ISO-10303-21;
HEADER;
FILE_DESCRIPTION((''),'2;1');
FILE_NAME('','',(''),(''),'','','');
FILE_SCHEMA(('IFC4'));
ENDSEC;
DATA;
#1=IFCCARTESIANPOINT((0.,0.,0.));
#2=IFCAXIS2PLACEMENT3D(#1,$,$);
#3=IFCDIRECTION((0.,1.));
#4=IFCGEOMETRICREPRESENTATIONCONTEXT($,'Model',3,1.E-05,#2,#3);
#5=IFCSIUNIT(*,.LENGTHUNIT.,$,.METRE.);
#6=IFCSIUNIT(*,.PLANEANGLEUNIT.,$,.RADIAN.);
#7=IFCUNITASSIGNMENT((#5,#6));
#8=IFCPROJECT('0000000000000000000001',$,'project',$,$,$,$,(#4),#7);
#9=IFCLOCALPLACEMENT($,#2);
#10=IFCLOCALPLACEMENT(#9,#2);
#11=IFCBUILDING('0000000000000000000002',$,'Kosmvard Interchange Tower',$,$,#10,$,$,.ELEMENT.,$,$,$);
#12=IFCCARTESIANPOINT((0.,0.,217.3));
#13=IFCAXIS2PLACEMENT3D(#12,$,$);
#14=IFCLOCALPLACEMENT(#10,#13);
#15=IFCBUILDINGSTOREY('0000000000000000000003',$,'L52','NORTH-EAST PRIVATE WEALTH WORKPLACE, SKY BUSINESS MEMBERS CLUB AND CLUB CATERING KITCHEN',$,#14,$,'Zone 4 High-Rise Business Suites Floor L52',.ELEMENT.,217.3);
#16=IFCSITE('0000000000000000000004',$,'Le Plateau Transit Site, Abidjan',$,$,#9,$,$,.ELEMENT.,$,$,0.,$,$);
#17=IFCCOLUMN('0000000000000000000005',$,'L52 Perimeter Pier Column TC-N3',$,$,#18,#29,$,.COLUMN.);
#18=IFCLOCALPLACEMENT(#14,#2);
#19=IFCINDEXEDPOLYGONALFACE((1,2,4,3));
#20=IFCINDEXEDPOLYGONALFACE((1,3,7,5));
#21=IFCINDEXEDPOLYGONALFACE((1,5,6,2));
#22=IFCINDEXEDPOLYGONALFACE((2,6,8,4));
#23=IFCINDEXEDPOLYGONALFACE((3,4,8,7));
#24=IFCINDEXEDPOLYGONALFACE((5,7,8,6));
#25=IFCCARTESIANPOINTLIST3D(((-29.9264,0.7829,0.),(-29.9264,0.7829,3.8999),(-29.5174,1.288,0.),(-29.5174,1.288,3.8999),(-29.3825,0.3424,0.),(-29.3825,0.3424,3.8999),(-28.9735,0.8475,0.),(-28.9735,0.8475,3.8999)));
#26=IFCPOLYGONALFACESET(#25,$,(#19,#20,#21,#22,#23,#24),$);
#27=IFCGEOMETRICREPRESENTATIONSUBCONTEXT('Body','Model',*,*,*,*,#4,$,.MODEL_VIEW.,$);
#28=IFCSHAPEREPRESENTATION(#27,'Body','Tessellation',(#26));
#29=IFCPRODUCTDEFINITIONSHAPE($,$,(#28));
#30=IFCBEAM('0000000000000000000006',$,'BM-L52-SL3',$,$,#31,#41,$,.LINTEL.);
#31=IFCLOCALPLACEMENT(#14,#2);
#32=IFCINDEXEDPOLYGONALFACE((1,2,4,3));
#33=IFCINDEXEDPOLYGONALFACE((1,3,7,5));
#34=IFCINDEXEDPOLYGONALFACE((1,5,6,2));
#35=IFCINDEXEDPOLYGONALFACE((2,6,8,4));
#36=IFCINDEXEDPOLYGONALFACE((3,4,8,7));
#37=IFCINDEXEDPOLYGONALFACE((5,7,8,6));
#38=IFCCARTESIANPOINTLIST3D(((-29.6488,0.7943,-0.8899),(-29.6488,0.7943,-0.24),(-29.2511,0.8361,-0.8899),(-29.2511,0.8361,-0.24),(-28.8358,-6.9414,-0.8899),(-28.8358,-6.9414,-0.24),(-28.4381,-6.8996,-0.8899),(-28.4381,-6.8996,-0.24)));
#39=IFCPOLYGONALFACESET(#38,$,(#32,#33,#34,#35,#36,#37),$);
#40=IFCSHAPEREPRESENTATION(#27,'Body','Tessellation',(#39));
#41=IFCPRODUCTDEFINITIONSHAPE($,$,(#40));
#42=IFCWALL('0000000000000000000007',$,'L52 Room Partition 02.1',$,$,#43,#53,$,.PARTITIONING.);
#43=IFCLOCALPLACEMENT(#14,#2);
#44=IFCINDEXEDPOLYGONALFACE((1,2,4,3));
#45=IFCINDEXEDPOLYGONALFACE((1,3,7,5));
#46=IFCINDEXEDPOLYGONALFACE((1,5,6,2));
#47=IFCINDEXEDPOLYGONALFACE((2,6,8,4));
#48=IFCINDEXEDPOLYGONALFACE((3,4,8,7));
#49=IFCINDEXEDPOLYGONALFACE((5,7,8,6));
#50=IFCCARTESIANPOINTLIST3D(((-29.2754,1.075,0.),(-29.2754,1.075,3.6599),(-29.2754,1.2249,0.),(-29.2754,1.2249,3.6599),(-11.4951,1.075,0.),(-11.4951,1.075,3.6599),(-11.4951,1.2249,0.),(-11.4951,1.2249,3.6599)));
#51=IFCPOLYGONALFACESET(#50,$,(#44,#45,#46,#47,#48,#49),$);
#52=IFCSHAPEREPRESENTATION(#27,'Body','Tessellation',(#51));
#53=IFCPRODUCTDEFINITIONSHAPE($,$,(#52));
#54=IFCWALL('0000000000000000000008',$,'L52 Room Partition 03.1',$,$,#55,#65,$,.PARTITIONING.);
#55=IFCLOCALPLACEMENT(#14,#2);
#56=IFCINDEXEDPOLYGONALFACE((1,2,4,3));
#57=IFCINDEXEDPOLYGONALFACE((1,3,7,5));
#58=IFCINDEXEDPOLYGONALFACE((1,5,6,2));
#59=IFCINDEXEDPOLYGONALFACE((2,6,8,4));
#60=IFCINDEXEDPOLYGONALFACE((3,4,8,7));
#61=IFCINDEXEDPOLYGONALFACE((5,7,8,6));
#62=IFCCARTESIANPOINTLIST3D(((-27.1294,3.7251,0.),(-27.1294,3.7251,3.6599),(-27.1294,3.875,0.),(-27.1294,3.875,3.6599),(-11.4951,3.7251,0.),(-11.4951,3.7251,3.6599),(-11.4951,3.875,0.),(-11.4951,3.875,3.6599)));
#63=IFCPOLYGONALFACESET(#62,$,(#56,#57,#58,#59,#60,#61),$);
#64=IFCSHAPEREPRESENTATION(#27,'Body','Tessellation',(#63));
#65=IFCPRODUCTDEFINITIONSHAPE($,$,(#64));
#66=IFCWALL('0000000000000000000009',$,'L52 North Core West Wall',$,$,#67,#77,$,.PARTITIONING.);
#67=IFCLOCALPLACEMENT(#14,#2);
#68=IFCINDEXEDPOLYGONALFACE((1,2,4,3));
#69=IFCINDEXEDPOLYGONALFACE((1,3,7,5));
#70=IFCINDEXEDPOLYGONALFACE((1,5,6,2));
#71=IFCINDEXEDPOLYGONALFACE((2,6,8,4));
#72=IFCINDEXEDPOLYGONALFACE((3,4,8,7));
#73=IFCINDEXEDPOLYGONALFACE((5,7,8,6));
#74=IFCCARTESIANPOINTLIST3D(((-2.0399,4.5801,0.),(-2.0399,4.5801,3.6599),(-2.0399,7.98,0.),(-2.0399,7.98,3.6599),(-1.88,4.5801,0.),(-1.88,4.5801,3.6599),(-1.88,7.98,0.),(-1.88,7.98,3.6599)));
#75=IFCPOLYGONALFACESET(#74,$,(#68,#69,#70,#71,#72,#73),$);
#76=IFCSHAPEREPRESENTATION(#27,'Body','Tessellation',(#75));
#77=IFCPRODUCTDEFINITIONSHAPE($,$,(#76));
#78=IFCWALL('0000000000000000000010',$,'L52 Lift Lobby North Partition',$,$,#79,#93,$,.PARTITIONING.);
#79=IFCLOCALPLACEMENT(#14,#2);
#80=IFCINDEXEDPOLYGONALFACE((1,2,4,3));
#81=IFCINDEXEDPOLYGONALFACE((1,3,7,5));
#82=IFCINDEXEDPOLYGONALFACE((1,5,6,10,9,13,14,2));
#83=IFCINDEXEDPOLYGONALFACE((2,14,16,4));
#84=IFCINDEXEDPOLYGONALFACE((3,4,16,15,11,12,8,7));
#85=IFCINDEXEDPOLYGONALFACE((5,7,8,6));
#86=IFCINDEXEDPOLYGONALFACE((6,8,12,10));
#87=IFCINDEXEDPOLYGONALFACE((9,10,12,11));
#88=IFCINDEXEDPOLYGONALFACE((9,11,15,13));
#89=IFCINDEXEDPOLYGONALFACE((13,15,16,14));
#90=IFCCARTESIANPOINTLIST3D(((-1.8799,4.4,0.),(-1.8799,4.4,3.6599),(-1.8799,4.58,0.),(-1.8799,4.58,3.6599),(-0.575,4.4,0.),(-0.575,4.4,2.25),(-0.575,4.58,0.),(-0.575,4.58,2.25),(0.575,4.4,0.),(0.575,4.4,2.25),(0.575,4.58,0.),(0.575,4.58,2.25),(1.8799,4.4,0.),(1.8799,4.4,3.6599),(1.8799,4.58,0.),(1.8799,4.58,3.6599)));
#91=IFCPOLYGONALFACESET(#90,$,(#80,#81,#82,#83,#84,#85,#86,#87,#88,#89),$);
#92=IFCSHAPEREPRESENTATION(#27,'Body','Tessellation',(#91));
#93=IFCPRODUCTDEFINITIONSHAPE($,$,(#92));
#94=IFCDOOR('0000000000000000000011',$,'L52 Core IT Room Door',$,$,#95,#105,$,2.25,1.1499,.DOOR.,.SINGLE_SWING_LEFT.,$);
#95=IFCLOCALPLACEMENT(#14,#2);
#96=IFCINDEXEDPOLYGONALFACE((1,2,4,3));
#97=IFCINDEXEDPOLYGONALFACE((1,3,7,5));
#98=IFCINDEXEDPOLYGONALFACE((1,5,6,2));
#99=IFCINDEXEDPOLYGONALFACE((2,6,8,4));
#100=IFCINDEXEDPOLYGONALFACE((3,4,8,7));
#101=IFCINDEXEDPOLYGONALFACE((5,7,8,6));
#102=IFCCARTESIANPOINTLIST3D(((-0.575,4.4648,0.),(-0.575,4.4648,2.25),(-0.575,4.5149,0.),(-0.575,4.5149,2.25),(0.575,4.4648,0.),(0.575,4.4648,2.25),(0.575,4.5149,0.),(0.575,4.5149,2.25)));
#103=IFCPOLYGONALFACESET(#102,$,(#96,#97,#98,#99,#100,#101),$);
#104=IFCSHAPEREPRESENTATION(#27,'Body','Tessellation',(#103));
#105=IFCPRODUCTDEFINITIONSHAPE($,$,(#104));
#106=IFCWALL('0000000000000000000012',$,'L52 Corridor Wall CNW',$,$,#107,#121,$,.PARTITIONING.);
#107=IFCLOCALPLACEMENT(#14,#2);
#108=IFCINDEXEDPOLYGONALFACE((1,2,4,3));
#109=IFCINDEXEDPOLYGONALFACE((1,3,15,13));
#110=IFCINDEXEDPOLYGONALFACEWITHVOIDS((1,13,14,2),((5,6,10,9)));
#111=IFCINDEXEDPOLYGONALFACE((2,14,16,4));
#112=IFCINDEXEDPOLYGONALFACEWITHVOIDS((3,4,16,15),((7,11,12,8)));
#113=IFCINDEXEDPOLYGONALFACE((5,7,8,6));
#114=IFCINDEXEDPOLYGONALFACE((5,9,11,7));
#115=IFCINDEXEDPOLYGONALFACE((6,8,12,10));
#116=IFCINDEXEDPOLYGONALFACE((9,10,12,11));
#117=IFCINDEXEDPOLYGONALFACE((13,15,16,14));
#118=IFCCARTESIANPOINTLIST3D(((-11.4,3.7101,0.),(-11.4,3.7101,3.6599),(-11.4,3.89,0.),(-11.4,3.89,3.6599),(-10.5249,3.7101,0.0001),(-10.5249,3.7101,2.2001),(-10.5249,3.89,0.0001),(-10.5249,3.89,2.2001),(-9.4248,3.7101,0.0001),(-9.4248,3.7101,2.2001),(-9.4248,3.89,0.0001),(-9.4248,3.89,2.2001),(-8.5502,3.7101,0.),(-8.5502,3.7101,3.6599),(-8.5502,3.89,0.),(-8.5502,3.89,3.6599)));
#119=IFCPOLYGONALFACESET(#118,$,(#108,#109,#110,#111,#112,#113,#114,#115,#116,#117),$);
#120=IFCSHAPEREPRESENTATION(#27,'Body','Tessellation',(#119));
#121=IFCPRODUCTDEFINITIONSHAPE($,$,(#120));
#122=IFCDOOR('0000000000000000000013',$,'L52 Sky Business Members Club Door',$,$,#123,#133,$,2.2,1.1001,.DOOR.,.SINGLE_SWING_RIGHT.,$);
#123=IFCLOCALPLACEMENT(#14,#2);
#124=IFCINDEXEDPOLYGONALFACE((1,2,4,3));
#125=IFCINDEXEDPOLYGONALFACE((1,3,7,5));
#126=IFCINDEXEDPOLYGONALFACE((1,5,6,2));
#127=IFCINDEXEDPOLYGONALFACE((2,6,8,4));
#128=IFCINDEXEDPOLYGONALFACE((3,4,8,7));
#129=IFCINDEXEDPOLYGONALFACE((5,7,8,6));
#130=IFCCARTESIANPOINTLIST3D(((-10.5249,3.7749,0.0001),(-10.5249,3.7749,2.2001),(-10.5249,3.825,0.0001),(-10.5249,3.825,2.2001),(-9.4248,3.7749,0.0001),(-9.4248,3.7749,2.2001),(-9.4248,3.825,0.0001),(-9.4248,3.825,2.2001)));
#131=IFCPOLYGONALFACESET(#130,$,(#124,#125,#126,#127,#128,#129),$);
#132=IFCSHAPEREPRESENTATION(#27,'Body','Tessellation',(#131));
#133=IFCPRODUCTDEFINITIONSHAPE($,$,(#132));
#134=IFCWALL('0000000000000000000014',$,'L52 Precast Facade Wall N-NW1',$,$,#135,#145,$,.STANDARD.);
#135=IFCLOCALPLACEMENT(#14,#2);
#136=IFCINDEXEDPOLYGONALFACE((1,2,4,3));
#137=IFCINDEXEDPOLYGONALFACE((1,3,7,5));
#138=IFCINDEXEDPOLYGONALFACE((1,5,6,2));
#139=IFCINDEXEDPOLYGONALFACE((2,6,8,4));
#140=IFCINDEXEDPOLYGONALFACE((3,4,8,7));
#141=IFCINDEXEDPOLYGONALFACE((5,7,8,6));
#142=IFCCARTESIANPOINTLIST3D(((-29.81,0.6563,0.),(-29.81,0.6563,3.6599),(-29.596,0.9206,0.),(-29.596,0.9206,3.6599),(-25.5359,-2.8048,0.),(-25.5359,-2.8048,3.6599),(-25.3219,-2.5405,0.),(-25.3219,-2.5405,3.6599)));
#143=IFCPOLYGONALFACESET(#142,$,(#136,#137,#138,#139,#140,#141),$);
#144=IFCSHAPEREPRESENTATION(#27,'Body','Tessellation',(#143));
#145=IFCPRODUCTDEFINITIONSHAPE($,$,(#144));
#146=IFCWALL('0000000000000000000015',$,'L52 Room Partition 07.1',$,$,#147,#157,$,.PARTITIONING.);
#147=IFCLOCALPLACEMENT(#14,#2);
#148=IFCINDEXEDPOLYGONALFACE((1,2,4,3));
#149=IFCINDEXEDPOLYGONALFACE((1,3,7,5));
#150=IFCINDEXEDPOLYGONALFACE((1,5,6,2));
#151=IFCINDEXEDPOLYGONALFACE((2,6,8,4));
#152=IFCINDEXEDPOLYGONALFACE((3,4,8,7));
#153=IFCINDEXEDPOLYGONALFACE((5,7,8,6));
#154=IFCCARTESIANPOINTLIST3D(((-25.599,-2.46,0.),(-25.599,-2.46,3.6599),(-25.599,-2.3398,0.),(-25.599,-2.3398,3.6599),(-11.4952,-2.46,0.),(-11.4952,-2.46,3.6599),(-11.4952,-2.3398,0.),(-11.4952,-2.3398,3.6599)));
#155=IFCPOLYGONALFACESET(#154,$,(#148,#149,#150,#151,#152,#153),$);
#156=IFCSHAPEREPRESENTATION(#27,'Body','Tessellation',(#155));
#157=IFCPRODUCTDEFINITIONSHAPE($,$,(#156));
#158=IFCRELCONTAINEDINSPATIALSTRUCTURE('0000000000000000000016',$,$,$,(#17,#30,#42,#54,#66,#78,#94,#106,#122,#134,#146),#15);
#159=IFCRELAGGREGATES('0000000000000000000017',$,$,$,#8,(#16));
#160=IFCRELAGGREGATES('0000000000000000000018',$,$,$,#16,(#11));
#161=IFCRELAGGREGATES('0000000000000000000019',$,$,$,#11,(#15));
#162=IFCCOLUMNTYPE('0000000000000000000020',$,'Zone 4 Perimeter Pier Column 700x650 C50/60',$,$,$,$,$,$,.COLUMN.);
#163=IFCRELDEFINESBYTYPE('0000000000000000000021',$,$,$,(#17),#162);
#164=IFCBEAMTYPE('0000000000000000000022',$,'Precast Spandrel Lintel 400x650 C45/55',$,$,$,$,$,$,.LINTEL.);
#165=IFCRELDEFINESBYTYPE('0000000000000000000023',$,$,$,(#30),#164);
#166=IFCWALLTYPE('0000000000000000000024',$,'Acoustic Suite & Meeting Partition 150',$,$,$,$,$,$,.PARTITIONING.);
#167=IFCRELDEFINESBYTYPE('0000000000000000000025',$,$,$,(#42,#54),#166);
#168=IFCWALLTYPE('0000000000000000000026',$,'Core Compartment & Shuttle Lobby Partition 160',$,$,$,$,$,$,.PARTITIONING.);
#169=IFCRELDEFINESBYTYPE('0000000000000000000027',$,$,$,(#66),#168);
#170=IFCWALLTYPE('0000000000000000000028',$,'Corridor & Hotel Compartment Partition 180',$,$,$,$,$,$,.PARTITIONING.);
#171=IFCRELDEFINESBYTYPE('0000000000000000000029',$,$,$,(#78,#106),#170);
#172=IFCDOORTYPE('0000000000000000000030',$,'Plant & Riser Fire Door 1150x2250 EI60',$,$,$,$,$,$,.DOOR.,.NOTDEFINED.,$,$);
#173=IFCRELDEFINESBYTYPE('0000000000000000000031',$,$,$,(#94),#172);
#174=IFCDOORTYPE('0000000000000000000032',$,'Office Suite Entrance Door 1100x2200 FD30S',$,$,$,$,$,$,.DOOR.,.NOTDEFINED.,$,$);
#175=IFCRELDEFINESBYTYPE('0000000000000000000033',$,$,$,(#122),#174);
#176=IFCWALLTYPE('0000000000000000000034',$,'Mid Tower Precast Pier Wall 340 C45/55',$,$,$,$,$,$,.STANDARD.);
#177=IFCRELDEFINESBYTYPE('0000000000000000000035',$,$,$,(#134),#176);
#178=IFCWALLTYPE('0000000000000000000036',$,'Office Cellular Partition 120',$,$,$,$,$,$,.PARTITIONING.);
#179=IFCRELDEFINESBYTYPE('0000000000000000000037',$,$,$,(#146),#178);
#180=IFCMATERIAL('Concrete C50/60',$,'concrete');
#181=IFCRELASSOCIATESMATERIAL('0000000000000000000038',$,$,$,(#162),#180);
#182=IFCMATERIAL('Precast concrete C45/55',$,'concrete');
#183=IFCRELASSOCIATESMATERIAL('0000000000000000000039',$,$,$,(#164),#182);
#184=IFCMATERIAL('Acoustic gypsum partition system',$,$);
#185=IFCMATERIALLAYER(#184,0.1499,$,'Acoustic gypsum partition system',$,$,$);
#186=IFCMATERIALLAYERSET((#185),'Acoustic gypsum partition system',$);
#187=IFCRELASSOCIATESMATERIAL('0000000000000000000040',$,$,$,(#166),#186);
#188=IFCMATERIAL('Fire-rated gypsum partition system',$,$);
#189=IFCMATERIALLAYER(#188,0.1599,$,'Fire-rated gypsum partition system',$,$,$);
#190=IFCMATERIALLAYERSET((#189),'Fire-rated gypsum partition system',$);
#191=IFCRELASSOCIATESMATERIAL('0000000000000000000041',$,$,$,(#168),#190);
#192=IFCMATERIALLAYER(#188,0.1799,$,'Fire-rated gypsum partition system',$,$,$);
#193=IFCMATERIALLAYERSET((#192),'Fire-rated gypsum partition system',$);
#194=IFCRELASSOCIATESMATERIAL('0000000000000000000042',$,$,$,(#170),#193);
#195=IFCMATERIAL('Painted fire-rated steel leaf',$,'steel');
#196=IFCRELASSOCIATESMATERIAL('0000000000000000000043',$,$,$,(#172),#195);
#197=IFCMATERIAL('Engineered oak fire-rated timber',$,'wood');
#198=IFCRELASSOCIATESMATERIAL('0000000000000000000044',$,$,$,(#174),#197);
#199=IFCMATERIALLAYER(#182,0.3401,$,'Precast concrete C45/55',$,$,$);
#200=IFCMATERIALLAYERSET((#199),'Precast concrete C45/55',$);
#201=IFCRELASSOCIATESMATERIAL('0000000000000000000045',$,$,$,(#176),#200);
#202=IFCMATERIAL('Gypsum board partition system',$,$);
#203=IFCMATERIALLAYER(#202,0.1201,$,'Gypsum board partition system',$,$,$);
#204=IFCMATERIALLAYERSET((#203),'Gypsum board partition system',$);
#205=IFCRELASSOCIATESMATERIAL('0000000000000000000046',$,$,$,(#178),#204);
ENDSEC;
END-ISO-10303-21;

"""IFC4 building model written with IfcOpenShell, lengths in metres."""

from ifc_helpers import new_model, si_unit, direction, frame, frame_2d, origin, origin_2d, place, context, subcontext, project, spatial, rectangle, extrude, source, transform, mapped, material, layer, layer_set, material_profile, profile_set, type_object, element, fill, save


model = new_model("IFC4")

# Units and contexts
model_context = context("Model", 3, precision=1e-05, world=origin(), true_north=direction((0.0, 1.0)))
body_context = subcontext(model_context, "Body", "Model", "MODEL_VIEW")
ifc_project = project(units=[si_unit("LENGTHUNIT", "METRE"), si_unit("PLANEANGLEUNIT", "RADIAN")], contexts=[model_context])

# Site, building, storey
site_placement = place(None, origin())
site = spatial("IfcSite", under=ifc_project, at=site_placement, Name="Le Plateau Transit Site, Abidjan", CompositionType="ELEMENT", RefElevation=0.0)
building_placement = place(site_placement, origin())
building = spatial("IfcBuilding", under=site, at=building_placement, Name="Kosmvard Interchange Tower", CompositionType="ELEMENT")
storey_placement = place(building_placement, frame((0.0, 0.0, 217.3)))
storey = spatial("IfcBuildingStorey", under=building, at=storey_placement, Name="L52", Description="NORTH-EAST PRIVATE WEALTH WORKPLACE, SKY BUSINESS MEMBERS CLUB AND CLUB CATERING KITCHEN", LongName="Zone 4 High-Rise Business Suites Floor L52", CompositionType="ELEMENT", Elevation=217.3)

# Column
ifc_material_1 = material(Name="Concrete C50/60", Category="concrete")
ifc_material_profile_1 = material_profile(ifc_material_1, rectangle(XDim=0.6499, YDim=0.7, at=origin_2d()), Name="TC 700x650")
ifc_profile_set_1 = profile_set([ifc_material_profile_1], Name="Concrete C50/60")
column_type = type_object("IfcColumnType", Name="Zone 4 Perimeter Pier Column 700x650 C50/60", PredefinedType="COLUMN", material=ifc_profile_set_1)
shared_shape_1 = source(origin(), body_context, "Body", "SweptSolid", [
    extrude(rectangle(XDim=0.6499, YDim=0.7, at=origin_2d()), origin(), (0.0, 0.0, 1.0), 3.8999),
])
column_placement = place(storey_placement, frame((-29.45, 0.8152, 0.0), z_axis=(0.0, 0.0, 1.0), x_axis=(0.62932, 0.777146, 0.0)))
element("IfcColumn", 1, at=column_placement, inside=storey, type_object=column_type, Name="L52 Perimeter Pier Column TC-N3", PredefinedType="COLUMN", context=body_context, shape_type="MappedRepresentation", body=[
    mapped(shared_shape_1, transform((0.0, 0.0, 0.0), scale=1.0)),
])

# Beam
ifc_material_2 = material(Name="Precast concrete C45/55", Category="concrete")
ifc_material_profile_2 = material_profile(ifc_material_2, rectangle(XDim=0.3999, YDim=0.6499, at=origin_2d()), Name="SL 400x650")
ifc_profile_set_2 = profile_set([ifc_material_profile_2], Name="Precast concrete C45/55")
beam_type = type_object("IfcBeamType", Name="Precast Spandrel Lintel 400x650 C45/55", PredefinedType="LINTEL", material=ifc_profile_set_2)
shared_shape_2 = source(origin(), body_context, "Body", "SweptSolid", [
    extrude(rectangle(XDim=0.3999, YDim=0.6499, at=origin_2d()), origin(), (0.0, 0.0, 1.0), 7.7783),
])
beam_placement = place(storey_placement, frame((-29.45, 0.8152, -0.5649), z_axis=(0.104521, -0.994523, 0.0), x_axis=(0.994523, 0.104521, 0.0)))
element("IfcBeam", 2, at=beam_placement, inside=storey, type_object=beam_type, Name="BM-L52-SL3", PredefinedType="LINTEL", context=body_context, shape_type="MappedRepresentation", body=[
    mapped(shared_shape_2, transform((0.0, 0.0, 0.0), scale=1.0)),
])

# Walls
ifc_material_3 = material(Name="Acoustic gypsum partition system")
ifc_layer_1 = layer(ifc_material_3, 0.1499, Name="Acoustic gypsum partition system")
ifc_layer_set_1 = layer_set([ifc_layer_1], Name="Acoustic gypsum partition system")
wall_type_1 = type_object("IfcWallType", Name="Acoustic Suite & Meeting Partition 150", PredefinedType="PARTITIONING", material=ifc_layer_set_1)
wall_1_placement = place(storey_placement, frame((-29.2754, 1.1499, 0.0), z_axis=(0.0, 0.0, 1.0), x_axis=(1.0, 0.0, 0.0)))
element("IfcWall", 3, at=wall_1_placement, inside=storey, type_object=wall_type_1, Name="L52 Room Partition 02.1", PredefinedType="PARTITIONING", context=body_context, shape_type="SweptSolid", body=[
    extrude(rectangle(XDim=17.7803, YDim=0.1499, at=frame_2d((8.8901, 0.0))), origin(), (0.0, 0.0, 1.0), 3.6599),
])
wall_2_placement = place(storey_placement, frame((-27.1294, 3.8, 0.0), z_axis=(0.0, 0.0, 1.0), x_axis=(1.0, 0.0, 0.0)))
element("IfcWall", 4, at=wall_2_placement, inside=storey, type_object=wall_type_1, Name="L52 Room Partition 03.1", PredefinedType="PARTITIONING", context=body_context, shape_type="SweptSolid", body=[
    extrude(rectangle(XDim=15.6343, YDim=0.1499, at=frame_2d((7.8171, 0.0))), origin(), (0.0, 0.0, 1.0), 3.6599),
])
ifc_material_4 = material(Name="Fire-rated gypsum partition system")
ifc_layer_2 = layer(ifc_material_4, 0.1599, Name="Fire-rated gypsum partition system")
ifc_layer_set_2 = layer_set([ifc_layer_2], Name="Fire-rated gypsum partition system")
wall_type_2 = type_object("IfcWallType", Name="Core Compartment & Shuttle Lobby Partition 160", PredefinedType="PARTITIONING", material=ifc_layer_set_2)
wall_3_placement = place(storey_placement, frame((-1.96, 4.5801, 0.0), z_axis=(0.0, 0.0, 1.0), x_axis=(0.0, 1.0, 0.0)))
element("IfcWall", 5, at=wall_3_placement, inside=storey, type_object=wall_type_2, Name="L52 North Core West Wall", PredefinedType="PARTITIONING", context=body_context, shape_type="SweptSolid", body=[
    extrude(rectangle(XDim=3.3999, YDim=0.1599, at=frame_2d((1.7, 0.0))), origin(), (0.0, 0.0, 1.0), 3.6599),
])

# Walls, openings, doors
ifc_layer_3 = layer(ifc_material_4, 0.1799, Name="Fire-rated gypsum partition system")
ifc_layer_set_3 = layer_set([ifc_layer_3], Name="Fire-rated gypsum partition system")
wall_type_3 = type_object("IfcWallType", Name="Corridor & Hotel Compartment Partition 180", PredefinedType="PARTITIONING", material=ifc_layer_set_3)
wall_4_placement = place(storey_placement, frame((-1.8799, 4.49, 0.0), z_axis=(0.0, 0.0, 1.0), x_axis=(1.0, 0.0, 0.0)))
wall_4 = element("IfcWall", 6, at=wall_4_placement, inside=storey, type_object=wall_type_3, Name="L52 Lift Lobby North Partition", PredefinedType="PARTITIONING", context=body_context, shape_type="SweptSolid", body=[
    extrude(rectangle(XDim=3.7598, YDim=0.1799, at=frame_2d((1.8799, 0.0))), origin(), (0.0, 0.0, 1.0), 3.6599),
])
opening_1_placement = place(wall_4_placement, frame((1.3049, 0.0, 0.0)))
opening_1 = element("IfcOpeningElement", 7, at=opening_1_placement, cuts=wall_4, PredefinedType="OPENING", context=body_context, shape_type="SweptSolid", body=[
    extrude(rectangle(XDim=1.1499, YDim=2.25, at=frame_2d((0.575, 1.125))), frame((0.0, 0.1001, 0.0), z_axis=(0.0, -1.0, 0.0), x_axis=(1.0, 0.0, 0.0)), (0.0, 0.0, 1.0), 0.2),
])
ifc_material_5 = material(Name="Painted fire-rated steel leaf", Category="steel")
door_type_1 = type_object("IfcDoorType", Name="Plant & Riser Fire Door 1150x2250 EI60", OperationType="NOTDEFINED", PredefinedType="DOOR", material=ifc_material_5)
shared_shape_3 = source(origin(), body_context, "Body", "SweptSolid", [
    extrude(rectangle(XDim=1.1499, YDim=2.25, at=frame_2d((0.575, 1.125))), frame((0.0, 0.0249, 0.0), z_axis=(0.0, -1.0, 0.0), x_axis=(1.0, 0.0, 0.0)), (0.0, 0.0, 1.0), 0.05),
])
door_1_placement = place(opening_1_placement, origin())
door_1 = element("IfcDoor", 8, at=door_1_placement, inside=storey, type_object=door_type_1, Name="L52 Core IT Room Door", OperationType="SINGLE_SWING_LEFT", OverallHeight=2.25, OverallWidth=1.1499, PredefinedType="DOOR", context=body_context, shape_type="MappedRepresentation", body=[
    mapped(shared_shape_3, transform((0.0, 0.0, 0.0), scale=1.0)),
])
fill(opening_1, door_1)
wall_5_placement = place(storey_placement, frame((-11.3999, 3.8, 0.0), z_axis=(0.0, 0.0, 1.0), x_axis=(1.0, 0.0, 0.0)))
wall_5 = element("IfcWall", 9, at=wall_5_placement, inside=storey, type_object=wall_type_3, Name="L52 Corridor Wall CNW", PredefinedType="PARTITIONING", context=body_context, shape_type="SweptSolid", body=[
    extrude(rectangle(XDim=2.8499, YDim=0.1799, at=frame_2d((1.4248, 0.0))), origin(), (0.0, 0.0, 1.0), 3.6599),
])
opening_2_placement = place(wall_5_placement, frame((0.875, 0.0, 0.0)))
opening_2 = element("IfcOpeningElement", 10, at=opening_2_placement, cuts=wall_5, PredefinedType="OPENING", context=body_context, shape_type="SweptSolid", body=[
    extrude(rectangle(XDim=1.1001, YDim=2.2, at=frame_2d((0.55, 1.1001))), frame((0.0, 0.1001, 0.0), z_axis=(0.0, -1.0, 0.0), x_axis=(1.0, 0.0, 0.0)), (0.0, 0.0, 1.0), 0.2),
])
ifc_material_6 = material(Name="Engineered oak fire-rated timber", Category="wood")
door_type_2 = type_object("IfcDoorType", Name="Office Suite Entrance Door 1100x2200 FD30S", OperationType="NOTDEFINED", PredefinedType="DOOR", material=ifc_material_6)
shared_shape_4 = source(origin(), body_context, "Body", "SweptSolid", [
    extrude(rectangle(XDim=1.1001, YDim=2.2, at=frame_2d((0.55, 1.1001))), frame((0.0, 0.0249, 0.0), z_axis=(0.0, -1.0, 0.0), x_axis=(1.0, 0.0, 0.0)), (0.0, 0.0, 1.0), 0.05),
])
door_2_placement = place(opening_2_placement, origin())
door_2 = element("IfcDoor", 11, at=door_2_placement, inside=storey, type_object=door_type_2, Name="L52 Sky Business Members Club Door", OperationType="SINGLE_SWING_RIGHT", OverallHeight=2.2, OverallWidth=1.1001, PredefinedType="DOOR", context=body_context, shape_type="MappedRepresentation", body=[
    mapped(shared_shape_4, transform((0.0, 0.0, 0.0), scale=1.0)),
])
fill(opening_2, door_2)

# Walls
ifc_layer_4 = layer(ifc_material_2, 0.3401, Name="Precast concrete C45/55")
ifc_layer_set_4 = layer_set([ifc_layer_4], Name="Precast concrete C45/55")
wall_type_4 = type_object("IfcWallType", Name="Mid Tower Precast Pier Wall 340 C45/55", PredefinedType="STANDARD", material=ifc_layer_set_4)
wall_6_placement = place(storey_placement, frame((-29.7031, 0.7886, 0.0), z_axis=(0.0, 0.0, 1.0), x_axis=(0.777144, -0.629323, 0.0)))
element("IfcWall", 12, at=wall_6_placement, inside=storey, type_object=wall_type_4, Name="L52 Precast Facade Wall N-NW1", PredefinedType="STANDARD", context=body_context, shape_type="SweptSolid", body=[
    extrude(rectangle(XDim=5.4998, YDim=0.3401, at=frame_2d((2.75, 0.0))), origin(), (0.0, 0.0, 1.0), 3.6599),
])
ifc_material_7 = material(Name="Gypsum board partition system")
ifc_layer_5 = layer(ifc_material_7, 0.1201, Name="Gypsum board partition system")
ifc_layer_set_5 = layer_set([ifc_layer_5], Name="Gypsum board partition system")
wall_type_5 = type_object("IfcWallType", Name="Office Cellular Partition 120", PredefinedType="PARTITIONING", material=ifc_layer_set_5)
wall_7_placement = place(storey_placement, frame((-25.5989, -2.3999, 0.0), z_axis=(0.0, 0.0, 1.0), x_axis=(1.0, 0.0, 0.0)))
element("IfcWall", 13, at=wall_7_placement, inside=storey, type_object=wall_type_5, Name="L52 Room Partition 07.1", PredefinedType="PARTITIONING", context=body_context, shape_type="SweptSolid", body=[
    extrude(rectangle(XDim=14.1038, YDim=0.1201, at=frame_2d((7.0518, 0.0))), origin(), (0.0, 0.0, 1.0), 3.6599),
])

save(model, "model.ifc")
